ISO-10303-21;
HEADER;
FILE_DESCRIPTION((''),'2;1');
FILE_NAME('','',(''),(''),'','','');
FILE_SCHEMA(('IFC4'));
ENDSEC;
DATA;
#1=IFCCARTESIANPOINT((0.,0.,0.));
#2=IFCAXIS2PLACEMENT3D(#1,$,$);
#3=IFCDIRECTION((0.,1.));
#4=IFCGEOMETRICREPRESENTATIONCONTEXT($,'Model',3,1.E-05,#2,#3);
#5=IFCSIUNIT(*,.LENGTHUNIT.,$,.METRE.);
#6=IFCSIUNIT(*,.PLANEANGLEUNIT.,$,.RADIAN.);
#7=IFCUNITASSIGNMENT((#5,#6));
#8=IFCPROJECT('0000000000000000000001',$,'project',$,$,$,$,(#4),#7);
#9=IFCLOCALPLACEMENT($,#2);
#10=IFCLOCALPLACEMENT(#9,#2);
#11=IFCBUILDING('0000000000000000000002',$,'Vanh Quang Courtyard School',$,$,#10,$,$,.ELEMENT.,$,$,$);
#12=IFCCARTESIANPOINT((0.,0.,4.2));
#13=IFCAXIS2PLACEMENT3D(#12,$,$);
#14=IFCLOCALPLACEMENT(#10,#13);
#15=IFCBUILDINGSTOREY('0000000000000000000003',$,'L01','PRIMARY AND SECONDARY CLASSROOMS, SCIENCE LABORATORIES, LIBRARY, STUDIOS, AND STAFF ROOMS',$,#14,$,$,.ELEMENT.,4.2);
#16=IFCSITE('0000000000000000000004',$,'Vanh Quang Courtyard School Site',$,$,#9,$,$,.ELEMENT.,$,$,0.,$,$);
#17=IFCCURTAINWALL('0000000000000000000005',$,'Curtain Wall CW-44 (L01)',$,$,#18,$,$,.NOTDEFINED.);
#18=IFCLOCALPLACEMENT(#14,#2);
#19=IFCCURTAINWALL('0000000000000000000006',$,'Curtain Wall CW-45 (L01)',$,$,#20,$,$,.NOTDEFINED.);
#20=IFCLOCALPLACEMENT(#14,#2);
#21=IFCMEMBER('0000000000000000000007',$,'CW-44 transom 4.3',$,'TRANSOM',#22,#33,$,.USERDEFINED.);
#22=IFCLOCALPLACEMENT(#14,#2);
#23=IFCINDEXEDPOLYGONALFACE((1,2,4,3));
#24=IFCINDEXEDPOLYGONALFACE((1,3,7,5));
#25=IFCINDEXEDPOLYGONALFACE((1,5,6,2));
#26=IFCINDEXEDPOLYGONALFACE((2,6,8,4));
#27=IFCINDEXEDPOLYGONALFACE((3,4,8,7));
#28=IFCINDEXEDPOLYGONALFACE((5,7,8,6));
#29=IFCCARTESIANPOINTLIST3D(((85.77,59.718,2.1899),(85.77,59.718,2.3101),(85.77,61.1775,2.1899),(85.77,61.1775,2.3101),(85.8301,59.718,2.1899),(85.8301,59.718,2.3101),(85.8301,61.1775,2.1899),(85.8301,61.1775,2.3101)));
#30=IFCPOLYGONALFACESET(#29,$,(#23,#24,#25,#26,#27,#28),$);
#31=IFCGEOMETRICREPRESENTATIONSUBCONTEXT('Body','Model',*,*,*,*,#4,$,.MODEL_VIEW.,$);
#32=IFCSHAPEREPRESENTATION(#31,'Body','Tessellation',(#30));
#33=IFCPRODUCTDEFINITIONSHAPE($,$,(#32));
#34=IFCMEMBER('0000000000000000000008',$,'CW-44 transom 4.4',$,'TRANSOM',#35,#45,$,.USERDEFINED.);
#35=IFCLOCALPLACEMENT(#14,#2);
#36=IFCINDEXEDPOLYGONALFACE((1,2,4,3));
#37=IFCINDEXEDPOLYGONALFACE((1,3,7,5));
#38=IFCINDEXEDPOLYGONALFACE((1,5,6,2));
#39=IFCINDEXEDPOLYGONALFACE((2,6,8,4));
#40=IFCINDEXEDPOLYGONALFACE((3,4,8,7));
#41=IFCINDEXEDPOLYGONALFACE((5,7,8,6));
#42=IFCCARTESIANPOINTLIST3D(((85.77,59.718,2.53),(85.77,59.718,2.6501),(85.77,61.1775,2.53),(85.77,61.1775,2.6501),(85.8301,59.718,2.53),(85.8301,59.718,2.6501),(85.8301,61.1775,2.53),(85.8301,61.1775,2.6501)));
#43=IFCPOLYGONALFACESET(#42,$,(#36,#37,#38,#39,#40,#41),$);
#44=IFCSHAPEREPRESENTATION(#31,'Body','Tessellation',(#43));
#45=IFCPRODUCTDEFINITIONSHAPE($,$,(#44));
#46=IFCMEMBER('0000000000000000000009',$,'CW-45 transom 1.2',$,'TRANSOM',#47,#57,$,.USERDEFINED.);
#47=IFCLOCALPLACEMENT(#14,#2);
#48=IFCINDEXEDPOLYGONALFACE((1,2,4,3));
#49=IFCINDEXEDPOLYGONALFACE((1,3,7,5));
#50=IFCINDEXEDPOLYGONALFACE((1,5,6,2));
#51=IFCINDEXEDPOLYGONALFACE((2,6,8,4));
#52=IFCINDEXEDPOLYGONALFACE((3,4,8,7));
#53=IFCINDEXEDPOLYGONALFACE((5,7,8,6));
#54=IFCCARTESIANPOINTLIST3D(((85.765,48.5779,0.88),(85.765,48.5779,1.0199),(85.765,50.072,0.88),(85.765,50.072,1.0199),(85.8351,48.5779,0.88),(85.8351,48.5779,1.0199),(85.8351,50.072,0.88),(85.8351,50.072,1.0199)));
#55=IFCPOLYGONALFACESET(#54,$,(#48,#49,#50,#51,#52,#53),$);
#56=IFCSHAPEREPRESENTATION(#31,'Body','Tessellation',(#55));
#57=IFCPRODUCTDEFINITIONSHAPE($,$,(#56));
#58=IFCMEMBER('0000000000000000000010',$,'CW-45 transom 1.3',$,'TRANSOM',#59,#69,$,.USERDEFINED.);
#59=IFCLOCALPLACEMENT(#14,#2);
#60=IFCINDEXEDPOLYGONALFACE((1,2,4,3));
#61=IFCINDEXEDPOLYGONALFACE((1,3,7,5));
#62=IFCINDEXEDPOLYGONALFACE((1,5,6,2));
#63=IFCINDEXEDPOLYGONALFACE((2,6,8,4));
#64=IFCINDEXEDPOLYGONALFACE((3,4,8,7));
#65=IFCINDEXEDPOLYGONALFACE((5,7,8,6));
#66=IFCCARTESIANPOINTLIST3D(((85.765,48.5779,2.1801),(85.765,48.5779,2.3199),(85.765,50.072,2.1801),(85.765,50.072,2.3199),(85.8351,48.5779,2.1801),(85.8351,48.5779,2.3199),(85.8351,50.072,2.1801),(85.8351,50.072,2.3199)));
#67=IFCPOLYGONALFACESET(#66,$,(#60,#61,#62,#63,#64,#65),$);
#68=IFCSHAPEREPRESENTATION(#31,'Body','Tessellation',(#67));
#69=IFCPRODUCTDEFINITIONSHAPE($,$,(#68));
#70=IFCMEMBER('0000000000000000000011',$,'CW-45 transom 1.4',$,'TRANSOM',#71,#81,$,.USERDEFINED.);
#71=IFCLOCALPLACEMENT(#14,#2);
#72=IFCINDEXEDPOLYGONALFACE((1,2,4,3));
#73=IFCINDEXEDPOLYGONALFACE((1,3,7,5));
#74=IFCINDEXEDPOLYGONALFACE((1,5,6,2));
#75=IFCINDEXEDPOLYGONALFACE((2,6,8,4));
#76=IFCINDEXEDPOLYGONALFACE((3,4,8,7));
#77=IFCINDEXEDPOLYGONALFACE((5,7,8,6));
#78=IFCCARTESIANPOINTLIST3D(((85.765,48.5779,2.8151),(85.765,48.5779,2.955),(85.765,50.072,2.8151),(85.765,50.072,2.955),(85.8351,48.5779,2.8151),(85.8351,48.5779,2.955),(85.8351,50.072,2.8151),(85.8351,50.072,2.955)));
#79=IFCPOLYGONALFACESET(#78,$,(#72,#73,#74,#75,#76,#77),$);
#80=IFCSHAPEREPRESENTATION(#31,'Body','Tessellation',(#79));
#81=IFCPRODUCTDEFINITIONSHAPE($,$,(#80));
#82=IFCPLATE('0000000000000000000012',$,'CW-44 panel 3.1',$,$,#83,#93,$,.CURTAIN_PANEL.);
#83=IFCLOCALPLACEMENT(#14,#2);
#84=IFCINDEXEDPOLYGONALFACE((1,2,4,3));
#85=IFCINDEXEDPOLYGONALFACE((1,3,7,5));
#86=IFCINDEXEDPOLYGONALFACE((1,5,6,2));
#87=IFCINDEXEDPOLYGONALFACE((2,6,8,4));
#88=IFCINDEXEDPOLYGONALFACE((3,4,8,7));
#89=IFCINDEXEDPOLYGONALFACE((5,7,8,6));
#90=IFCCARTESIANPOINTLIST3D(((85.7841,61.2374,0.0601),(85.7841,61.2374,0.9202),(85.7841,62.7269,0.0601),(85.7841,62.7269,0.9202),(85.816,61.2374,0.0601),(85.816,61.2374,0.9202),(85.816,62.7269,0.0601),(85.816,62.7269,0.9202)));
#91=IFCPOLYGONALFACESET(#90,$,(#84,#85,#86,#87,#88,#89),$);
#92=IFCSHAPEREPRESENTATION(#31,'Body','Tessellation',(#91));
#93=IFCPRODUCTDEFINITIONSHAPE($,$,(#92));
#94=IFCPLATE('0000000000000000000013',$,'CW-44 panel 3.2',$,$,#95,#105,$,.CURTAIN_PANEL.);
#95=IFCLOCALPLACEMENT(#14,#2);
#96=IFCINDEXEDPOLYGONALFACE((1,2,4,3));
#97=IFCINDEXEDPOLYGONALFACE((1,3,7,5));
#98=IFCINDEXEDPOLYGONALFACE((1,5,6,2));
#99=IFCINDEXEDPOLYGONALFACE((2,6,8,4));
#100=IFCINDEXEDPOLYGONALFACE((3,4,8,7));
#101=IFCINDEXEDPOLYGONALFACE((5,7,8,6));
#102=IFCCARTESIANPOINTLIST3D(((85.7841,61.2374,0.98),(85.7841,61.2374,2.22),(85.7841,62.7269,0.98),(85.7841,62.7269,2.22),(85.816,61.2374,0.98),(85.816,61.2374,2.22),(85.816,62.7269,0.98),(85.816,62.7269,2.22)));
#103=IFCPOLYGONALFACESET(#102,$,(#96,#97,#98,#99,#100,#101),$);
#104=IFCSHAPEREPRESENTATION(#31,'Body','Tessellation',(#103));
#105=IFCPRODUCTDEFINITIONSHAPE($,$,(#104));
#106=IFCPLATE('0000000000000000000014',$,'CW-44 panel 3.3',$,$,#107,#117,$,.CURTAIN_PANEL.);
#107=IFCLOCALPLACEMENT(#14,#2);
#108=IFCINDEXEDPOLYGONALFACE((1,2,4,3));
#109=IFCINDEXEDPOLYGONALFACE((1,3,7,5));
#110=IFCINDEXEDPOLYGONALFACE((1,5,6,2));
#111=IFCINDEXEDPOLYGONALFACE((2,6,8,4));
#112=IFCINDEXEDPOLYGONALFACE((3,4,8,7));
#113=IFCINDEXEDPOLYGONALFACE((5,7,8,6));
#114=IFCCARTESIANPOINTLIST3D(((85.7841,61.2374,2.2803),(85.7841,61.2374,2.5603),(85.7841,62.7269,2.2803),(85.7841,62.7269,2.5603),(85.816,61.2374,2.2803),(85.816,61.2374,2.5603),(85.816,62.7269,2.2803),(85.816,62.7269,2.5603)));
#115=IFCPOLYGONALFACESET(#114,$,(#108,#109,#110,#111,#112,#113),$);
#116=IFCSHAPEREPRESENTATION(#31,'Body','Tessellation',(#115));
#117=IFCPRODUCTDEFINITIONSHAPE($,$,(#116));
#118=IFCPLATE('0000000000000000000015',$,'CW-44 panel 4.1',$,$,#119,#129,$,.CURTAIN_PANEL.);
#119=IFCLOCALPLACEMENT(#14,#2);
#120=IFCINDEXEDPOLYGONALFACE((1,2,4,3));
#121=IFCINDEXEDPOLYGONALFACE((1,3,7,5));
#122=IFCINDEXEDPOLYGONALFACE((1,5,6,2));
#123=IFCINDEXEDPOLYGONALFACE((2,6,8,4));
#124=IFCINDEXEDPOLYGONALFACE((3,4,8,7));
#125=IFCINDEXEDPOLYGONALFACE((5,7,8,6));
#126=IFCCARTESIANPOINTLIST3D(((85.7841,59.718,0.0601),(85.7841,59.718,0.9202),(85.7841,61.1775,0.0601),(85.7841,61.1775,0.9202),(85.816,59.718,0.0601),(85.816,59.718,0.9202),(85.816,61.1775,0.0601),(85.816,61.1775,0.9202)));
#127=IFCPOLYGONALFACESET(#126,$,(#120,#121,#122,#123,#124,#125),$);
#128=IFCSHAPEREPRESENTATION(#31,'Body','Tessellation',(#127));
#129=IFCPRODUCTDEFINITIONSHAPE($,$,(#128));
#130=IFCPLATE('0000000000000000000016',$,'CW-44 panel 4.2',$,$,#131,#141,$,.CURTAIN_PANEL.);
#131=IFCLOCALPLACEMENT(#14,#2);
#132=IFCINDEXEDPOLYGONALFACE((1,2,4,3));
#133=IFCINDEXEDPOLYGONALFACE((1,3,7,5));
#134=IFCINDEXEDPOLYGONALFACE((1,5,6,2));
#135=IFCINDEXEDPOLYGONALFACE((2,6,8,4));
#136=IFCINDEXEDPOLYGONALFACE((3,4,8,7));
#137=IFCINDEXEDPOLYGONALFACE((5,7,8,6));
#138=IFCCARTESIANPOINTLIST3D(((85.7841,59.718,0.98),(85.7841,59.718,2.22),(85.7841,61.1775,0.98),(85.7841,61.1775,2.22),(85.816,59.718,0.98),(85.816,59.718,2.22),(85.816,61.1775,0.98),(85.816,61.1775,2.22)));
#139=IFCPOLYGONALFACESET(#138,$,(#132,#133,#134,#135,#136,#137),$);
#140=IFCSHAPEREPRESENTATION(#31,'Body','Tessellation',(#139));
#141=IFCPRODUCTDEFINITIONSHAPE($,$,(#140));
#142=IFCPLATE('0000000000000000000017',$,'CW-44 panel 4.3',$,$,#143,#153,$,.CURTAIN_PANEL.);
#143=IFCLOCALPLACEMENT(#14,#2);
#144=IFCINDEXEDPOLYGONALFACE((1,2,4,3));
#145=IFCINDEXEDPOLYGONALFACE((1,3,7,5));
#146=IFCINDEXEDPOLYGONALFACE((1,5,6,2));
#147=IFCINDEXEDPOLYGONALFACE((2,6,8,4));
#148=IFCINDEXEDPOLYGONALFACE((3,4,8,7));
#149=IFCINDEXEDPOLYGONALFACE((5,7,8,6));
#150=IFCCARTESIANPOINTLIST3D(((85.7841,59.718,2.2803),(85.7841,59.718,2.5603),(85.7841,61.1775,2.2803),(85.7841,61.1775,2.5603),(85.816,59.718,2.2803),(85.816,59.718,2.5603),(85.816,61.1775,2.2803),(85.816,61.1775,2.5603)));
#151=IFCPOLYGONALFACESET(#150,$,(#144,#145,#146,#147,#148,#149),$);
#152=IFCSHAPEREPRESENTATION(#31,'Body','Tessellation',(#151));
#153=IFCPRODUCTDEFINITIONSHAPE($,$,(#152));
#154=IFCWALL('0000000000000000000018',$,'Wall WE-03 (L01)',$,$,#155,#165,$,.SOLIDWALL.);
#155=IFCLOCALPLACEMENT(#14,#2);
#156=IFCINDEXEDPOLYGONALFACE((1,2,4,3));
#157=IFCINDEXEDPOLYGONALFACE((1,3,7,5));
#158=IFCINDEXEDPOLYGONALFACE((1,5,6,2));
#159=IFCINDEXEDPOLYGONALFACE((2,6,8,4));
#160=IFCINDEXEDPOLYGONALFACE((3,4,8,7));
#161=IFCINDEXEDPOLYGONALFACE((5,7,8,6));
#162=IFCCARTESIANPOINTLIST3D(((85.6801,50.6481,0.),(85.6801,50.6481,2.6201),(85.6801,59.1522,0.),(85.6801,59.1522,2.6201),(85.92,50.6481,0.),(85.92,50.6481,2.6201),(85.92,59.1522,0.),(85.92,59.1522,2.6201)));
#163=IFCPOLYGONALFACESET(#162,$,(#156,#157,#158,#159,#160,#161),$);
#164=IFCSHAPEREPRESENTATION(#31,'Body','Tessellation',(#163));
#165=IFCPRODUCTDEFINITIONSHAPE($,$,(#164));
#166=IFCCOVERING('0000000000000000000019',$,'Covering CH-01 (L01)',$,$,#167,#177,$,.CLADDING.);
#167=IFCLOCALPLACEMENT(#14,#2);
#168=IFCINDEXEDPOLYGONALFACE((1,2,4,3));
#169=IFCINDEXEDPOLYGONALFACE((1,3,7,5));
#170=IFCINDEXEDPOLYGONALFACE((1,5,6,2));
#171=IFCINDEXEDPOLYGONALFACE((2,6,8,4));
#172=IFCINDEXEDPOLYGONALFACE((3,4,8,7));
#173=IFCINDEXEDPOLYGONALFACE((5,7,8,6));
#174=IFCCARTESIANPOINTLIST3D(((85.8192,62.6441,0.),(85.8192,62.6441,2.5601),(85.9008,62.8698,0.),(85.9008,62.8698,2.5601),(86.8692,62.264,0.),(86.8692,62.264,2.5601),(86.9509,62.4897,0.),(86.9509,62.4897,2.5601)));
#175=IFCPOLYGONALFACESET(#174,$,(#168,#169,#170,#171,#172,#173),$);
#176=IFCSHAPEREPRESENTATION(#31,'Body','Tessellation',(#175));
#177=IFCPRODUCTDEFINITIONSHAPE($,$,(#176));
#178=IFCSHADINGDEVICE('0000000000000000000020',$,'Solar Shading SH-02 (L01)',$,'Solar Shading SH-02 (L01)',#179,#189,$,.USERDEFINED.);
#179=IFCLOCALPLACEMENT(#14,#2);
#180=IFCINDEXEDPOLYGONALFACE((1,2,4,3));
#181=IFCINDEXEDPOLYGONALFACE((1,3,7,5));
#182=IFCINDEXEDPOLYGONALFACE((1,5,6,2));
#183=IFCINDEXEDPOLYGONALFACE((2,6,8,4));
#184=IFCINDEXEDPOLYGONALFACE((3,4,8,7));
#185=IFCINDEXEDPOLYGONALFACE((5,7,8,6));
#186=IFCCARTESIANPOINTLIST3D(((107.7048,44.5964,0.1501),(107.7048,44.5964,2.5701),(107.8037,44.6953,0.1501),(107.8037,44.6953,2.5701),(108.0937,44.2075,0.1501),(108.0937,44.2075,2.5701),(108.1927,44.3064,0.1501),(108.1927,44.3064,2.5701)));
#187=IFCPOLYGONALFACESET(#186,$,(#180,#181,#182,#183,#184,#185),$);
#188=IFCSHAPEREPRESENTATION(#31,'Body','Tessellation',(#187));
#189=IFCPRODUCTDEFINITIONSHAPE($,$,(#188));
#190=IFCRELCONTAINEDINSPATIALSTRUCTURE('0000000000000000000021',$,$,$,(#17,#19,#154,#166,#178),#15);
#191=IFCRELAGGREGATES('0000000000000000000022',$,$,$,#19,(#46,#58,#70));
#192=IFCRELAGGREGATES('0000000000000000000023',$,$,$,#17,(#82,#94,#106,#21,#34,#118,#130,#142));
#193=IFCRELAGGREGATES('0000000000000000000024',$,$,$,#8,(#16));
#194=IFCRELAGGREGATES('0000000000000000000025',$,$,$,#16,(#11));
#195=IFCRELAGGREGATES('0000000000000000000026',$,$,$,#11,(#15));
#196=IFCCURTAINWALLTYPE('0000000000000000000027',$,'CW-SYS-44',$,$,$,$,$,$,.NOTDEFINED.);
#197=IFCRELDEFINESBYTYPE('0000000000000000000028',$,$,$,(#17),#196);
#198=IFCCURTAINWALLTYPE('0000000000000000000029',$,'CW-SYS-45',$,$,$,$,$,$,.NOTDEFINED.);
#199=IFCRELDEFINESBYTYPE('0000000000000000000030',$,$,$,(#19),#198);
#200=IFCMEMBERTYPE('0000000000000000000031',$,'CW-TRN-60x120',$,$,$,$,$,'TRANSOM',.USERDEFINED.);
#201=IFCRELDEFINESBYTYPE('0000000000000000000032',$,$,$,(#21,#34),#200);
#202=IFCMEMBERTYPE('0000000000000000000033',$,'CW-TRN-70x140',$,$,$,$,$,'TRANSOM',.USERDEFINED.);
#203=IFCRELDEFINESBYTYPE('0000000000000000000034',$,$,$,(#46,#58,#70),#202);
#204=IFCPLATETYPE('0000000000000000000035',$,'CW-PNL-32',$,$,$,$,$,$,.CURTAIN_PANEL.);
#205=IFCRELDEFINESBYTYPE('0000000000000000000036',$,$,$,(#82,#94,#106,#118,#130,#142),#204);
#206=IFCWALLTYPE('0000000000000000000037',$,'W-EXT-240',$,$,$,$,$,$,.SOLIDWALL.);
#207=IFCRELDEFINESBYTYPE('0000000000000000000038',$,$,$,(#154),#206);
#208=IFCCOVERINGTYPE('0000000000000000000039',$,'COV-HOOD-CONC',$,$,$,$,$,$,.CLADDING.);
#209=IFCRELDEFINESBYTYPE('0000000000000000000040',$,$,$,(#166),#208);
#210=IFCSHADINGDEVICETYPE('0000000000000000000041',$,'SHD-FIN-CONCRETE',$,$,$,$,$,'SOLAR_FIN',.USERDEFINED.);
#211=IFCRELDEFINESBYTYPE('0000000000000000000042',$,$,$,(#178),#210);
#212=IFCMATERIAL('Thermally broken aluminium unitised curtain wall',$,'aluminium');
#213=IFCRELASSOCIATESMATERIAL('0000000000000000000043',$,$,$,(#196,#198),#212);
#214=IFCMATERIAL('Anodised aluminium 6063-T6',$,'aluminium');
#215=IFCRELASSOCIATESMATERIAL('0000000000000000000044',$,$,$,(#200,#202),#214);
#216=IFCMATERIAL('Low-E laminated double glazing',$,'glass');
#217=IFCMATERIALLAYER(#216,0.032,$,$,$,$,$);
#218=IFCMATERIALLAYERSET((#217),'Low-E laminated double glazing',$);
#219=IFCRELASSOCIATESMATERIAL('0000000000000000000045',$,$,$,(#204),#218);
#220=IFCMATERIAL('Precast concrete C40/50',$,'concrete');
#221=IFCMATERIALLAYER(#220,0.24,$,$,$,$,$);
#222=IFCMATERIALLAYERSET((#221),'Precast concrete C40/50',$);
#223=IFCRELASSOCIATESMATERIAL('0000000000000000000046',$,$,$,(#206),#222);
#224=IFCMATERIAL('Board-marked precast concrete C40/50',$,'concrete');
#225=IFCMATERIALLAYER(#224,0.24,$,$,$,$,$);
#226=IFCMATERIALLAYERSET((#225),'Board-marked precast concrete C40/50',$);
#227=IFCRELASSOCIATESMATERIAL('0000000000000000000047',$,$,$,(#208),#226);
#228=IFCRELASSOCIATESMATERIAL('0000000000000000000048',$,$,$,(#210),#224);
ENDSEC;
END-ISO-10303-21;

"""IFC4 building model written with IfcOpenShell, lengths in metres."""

from ifc_helpers import new_model, si_unit, direction, frame, frame_2d, origin, origin_2d, place, context, subcontext, project, spatial, rectangle, extrude, material, layer, layer_set, material_profile, profile_set, type_object, element, aggregate, save


model = new_model("IFC4")

# Units and contexts
model_context = context("Model", 3, precision=1e-05, world=origin(), true_north=direction((0.0, 1.0)))
body_context = subcontext(model_context, "Body", "Model", "MODEL_VIEW")
ifc_project = project(units=[si_unit("LENGTHUNIT", "METRE"), si_unit("PLANEANGLEUNIT", "RADIAN")], contexts=[model_context])

# Site, building, storey
site_placement = place(None, origin())
site = spatial("IfcSite", under=ifc_project, at=site_placement, Name="Vanh Quang Courtyard School Site", CompositionType="ELEMENT", RefElevation=0.0)
building_placement = place(site_placement, origin())
building = spatial("IfcBuilding", under=site, at=building_placement, Name="Vanh Quang Courtyard School", CompositionType="ELEMENT")
storey_placement = place(building_placement, frame((0.0, 0.0, 4.2)))
storey = spatial("IfcBuildingStorey", under=building, at=storey_placement, Name="L01", Description="PRIMARY AND SECONDARY CLASSROOMS, SCIENCE LABORATORIES, LIBRARY, STUDIOS, AND STAFF ROOMS", CompositionType="ELEMENT", Elevation=4.2)

# Curtain wall
ifc_material_1 = material(Name="Thermally broken aluminium unitised curtain wall", Category="aluminium")
curtain_wall_type_1 = type_object("IfcCurtainWallType", Name="CW-SYS-44", PredefinedType="NOTDEFINED", material=ifc_material_1)
curtain_wall_1_placement = place(storey_placement, origin())
curtain_wall_1 = element("IfcCurtainWall", 1, at=curtain_wall_1_placement, inside=storey, type_object=curtain_wall_type_1, Name="Curtain Wall CW-44 (L01)", PredefinedType="NOTDEFINED")
ifc_material_2 = material(Name="Anodised aluminium 6063-T6", Category="aluminium")

# Curtain wall
curtain_wall_type_2 = type_object("IfcCurtainWallType", Name="CW-SYS-45", PredefinedType="NOTDEFINED", material=ifc_material_1)
curtain_wall_2_placement = place(storey_placement, origin())
curtain_wall_2 = element("IfcCurtainWall", 2, at=curtain_wall_2_placement, inside=storey, type_object=curtain_wall_type_2, Name="Curtain Wall CW-45 (L01)", PredefinedType="NOTDEFINED")

# Members
ifc_material_profile_1 = material_profile(ifc_material_2, rectangle(XDim=0.0601, YDim=0.1201, at=origin_2d()), Name="ALU-TRN 60x120")
ifc_profile_set_1 = profile_set([ifc_material_profile_1], Name="Anodised aluminium 6063-T6")
member_type_1 = type_object("IfcMemberType", Name="CW-TRN-60x120", ElementType="TRANSOM", PredefinedType="USERDEFINED", material=ifc_profile_set_1)
member_1_placement = place(storey_placement, frame((85.8, 61.1775, 2.25), z_axis=(0.0, -1.0, 0.0), x_axis=(1.0, 0.0, 0.0)))
member_1 = element("IfcMember", 3, at=member_1_placement, type_object=member_type_1, Name="CW-44 transom 4.3", ObjectType="TRANSOM", PredefinedType="USERDEFINED", context=body_context, shape_type="SweptSolid", body=[
    extrude(rectangle(XDim=0.0601, YDim=0.1201, at=origin_2d()), origin(), (0.0, 0.0, 1.0), 1.4595),
])
member_2_placement = place(storey_placement, frame((85.8, 61.1775, 2.5901), z_axis=(0.0, -1.0, 0.0), x_axis=(1.0, 0.0, 0.0)))
member_2 = element("IfcMember", 4, at=member_2_placement, type_object=member_type_1, Name="CW-44 transom 4.4", ObjectType="TRANSOM", PredefinedType="USERDEFINED", context=body_context, shape_type="SweptSolid", body=[
    extrude(rectangle(XDim=0.0601, YDim=0.1201, at=origin_2d()), origin(), (0.0, 0.0, 1.0), 1.4595),
])
ifc_material_profile_2 = material_profile(ifc_material_2, rectangle(XDim=0.0701, YDim=0.1399, at=origin_2d()), Name="ALU-TRN 70x140")
ifc_profile_set_2 = profile_set([ifc_material_profile_2], Name="Anodised aluminium 6063-T6")
member_type_2 = type_object("IfcMemberType", Name="CW-TRN-70x140", ElementType="TRANSOM", PredefinedType="USERDEFINED", material=ifc_profile_set_2)
member_3_placement = place(storey_placement, frame((85.8, 50.072, 0.95), z_axis=(0.0, -1.0, 0.0), x_axis=(1.0, 0.0, 0.0)))
member_3 = element("IfcMember", 5, at=member_3_placement, type_object=member_type_2, Name="CW-45 transom 1.2", ObjectType="TRANSOM", PredefinedType="USERDEFINED", context=body_context, shape_type="SweptSolid", body=[
    extrude(rectangle(XDim=0.0701, YDim=0.1399, at=origin_2d()), origin(), (0.0, 0.0, 1.0), 1.4941),
])
member_4_placement = place(storey_placement, frame((85.8, 50.072, 2.25), z_axis=(0.0, -1.0, 0.0), x_axis=(1.0, 0.0, 0.0)))
member_4 = element("IfcMember", 6, at=member_4_placement, type_object=member_type_2, Name="CW-45 transom 1.3", ObjectType="TRANSOM", PredefinedType="USERDEFINED", context=body_context, shape_type="SweptSolid", body=[
    extrude(rectangle(XDim=0.0701, YDim=0.1399, at=origin_2d()), origin(), (0.0, 0.0, 1.0), 1.4941),
])
member_5_placement = place(storey_placement, frame((85.8, 50.072, 2.885), z_axis=(0.0, -1.0, 0.0), x_axis=(1.0, 0.0, 0.0)))
member_5 = element("IfcMember", 7, at=member_5_placement, type_object=member_type_2, Name="CW-45 transom 1.4", ObjectType="TRANSOM", PredefinedType="USERDEFINED", context=body_context, shape_type="SweptSolid", body=[
    extrude(rectangle(XDim=0.0701, YDim=0.1399, at=origin_2d()), origin(), (0.0, 0.0, 1.0), 1.4941),
])
aggregate(curtain_wall_2, [member_3, member_4, member_5])

# Plates
ifc_material_3 = material(Name="Low-E laminated double glazing", Category="glass")
ifc_layer_1 = layer(ifc_material_3, 0.032)
ifc_layer_set_1 = layer_set([ifc_layer_1], Name="Low-E laminated double glazing")
plate_type = type_object("IfcPlateType", Name="CW-PNL-32", PredefinedType="CURTAIN_PANEL", material=ifc_layer_set_1)
plate_1_placement = place(storey_placement, frame((85.8, 61.9822, 0.0601), z_axis=(0.0, 0.0, 1.0), x_axis=(0.0, -1.0, 0.0)))
plate_1 = element("IfcPlate", 8, at=plate_1_placement, type_object=plate_type, Name="CW-44 panel 3.1", PredefinedType="CURTAIN_PANEL", context=body_context, shape_type="SweptSolid", body=[
    extrude(rectangle(XDim=1.4895, YDim=0.032, at=origin_2d()), origin(), (0.0, 0.0, 1.0), 0.8601),
])
plate_2_placement = place(storey_placement, frame((85.8, 61.9822, 0.98), z_axis=(0.0, 0.0, 1.0), x_axis=(0.0, -1.0, 0.0)))
plate_2 = element("IfcPlate", 9, at=plate_2_placement, type_object=plate_type, Name="CW-44 panel 3.2", PredefinedType="CURTAIN_PANEL", context=body_context, shape_type="SweptSolid", body=[
    extrude(rectangle(XDim=1.4895, YDim=0.032, at=origin_2d()), origin(), (0.0, 0.0, 1.0), 1.24),
])
plate_3_placement = place(storey_placement, frame((85.8, 61.9822, 2.2803), z_axis=(0.0, 0.0, 1.0), x_axis=(0.0, -1.0, 0.0)))
plate_3 = element("IfcPlate", 10, at=plate_3_placement, type_object=plate_type, Name="CW-44 panel 3.3", PredefinedType="CURTAIN_PANEL", context=body_context, shape_type="SweptSolid", body=[
    extrude(rectangle(XDim=1.4895, YDim=0.032, at=origin_2d()), origin(), (0.0, 0.0, 1.0), 0.28),
])
plate_4_placement = place(storey_placement, frame((85.8, 60.4478, 0.0601), z_axis=(0.0, 0.0, 1.0), x_axis=(0.0, -1.0, 0.0)))
plate_4 = element("IfcPlate", 11, at=plate_4_placement, type_object=plate_type, Name="CW-44 panel 4.1", PredefinedType="CURTAIN_PANEL", context=body_context, shape_type="SweptSolid", body=[
    extrude(rectangle(XDim=1.4595, YDim=0.032, at=origin_2d()), origin(), (0.0, 0.0, 1.0), 0.8601),
])
plate_5_placement = place(storey_placement, frame((85.8, 60.4478, 0.98), z_axis=(0.0, 0.0, 1.0), x_axis=(0.0, -1.0, 0.0)))
plate_5 = element("IfcPlate", 12, at=plate_5_placement, type_object=plate_type, Name="CW-44 panel 4.2", PredefinedType="CURTAIN_PANEL", context=body_context, shape_type="SweptSolid", body=[
    extrude(rectangle(XDim=1.4595, YDim=0.032, at=origin_2d()), origin(), (0.0, 0.0, 1.0), 1.24),
])
plate_6_placement = place(storey_placement, frame((85.8, 60.4478, 2.2803), z_axis=(0.0, 0.0, 1.0), x_axis=(0.0, -1.0, 0.0)))
plate_6 = element("IfcPlate", 13, at=plate_6_placement, type_object=plate_type, Name="CW-44 panel 4.3", PredefinedType="CURTAIN_PANEL", context=body_context, shape_type="SweptSolid", body=[
    extrude(rectangle(XDim=1.4595, YDim=0.032, at=origin_2d()), origin(), (0.0, 0.0, 1.0), 0.28),
])
aggregate(curtain_wall_1, [plate_1, plate_2, plate_3, member_1, member_2, plate_4, plate_5, plate_6])

# Wall
ifc_material_4 = material(Name="Precast concrete C40/50", Category="concrete")
ifc_layer_2 = layer(ifc_material_4, 0.24)
ifc_layer_set_2 = layer_set([ifc_layer_2], Name="Precast concrete C40/50")
wall_type = type_object("IfcWallType", Name="W-EXT-240", PredefinedType="SOLIDWALL", material=ifc_layer_set_2)
wall_placement = place(storey_placement, frame((85.8, 59.1521, 0.0), z_axis=(0.0, 0.0, 1.0), x_axis=(0.0, -1.0, 0.0)))
element("IfcWall", 14, at=wall_placement, inside=storey, type_object=wall_type, Name="Wall WE-03 (L01)", PredefinedType="SOLIDWALL", context=body_context, shape_type="SweptSolid", body=[
    extrude(rectangle(XDim=8.5042, YDim=0.24, at=frame_2d((4.252, 0.0))), origin(), (0.0, 0.0, 1.0), 2.6201),
])

# Covering
ifc_material_5 = material(Name="Board-marked precast concrete C40/50", Category="concrete")
ifc_layer_3 = layer(ifc_material_5, 0.24)
ifc_layer_set_3 = layer_set([ifc_layer_3], Name="Board-marked precast concrete C40/50")
covering_type = type_object("IfcCoveringType", Name="COV-HOOD-CONC", PredefinedType="CLADDING", material=ifc_layer_set_3)
covering_placement = place(storey_placement, frame((86.385, 62.5669, 0.0), z_axis=(0.0, 0.0, 1.0), x_axis=(0.940288, -0.34038, 0.0)))
element("IfcCovering", 15, at=covering_placement, inside=storey, type_object=covering_type, Name="Covering CH-01 (L01)", PredefinedType="CLADDING", context=body_context, shape_type="SweptSolid", body=[
    extrude(rectangle(XDim=1.1167, YDim=0.24, at=origin_2d()), origin(), (0.0, 0.0, 1.0), 2.5601),
])

# Shading device
shading_device_type = type_object("IfcShadingDeviceType", Name="SHD-FIN-CONCRETE", ElementType="SOLAR_FIN", PredefinedType="USERDEFINED", material=ifc_material_5)
shading_device_1_placement = place(storey_placement, frame((107.9487, 44.4514, 0.1501), z_axis=(0.0, 0.0, 1.0), x_axis=(0.707107, 0.707107, 0.0)))
element("IfcShadingDevice", 16, at=shading_device_1_placement, inside=storey, type_object=shading_device_type, Name="Solar Shading SH-02 (L01)", ObjectType="Solar Shading SH-02 (L01)", PredefinedType="USERDEFINED", context=body_context, shape_type="SweptSolid", body=[
    extrude(rectangle(XDim=0.1399, YDim=0.55, at=origin_2d()), origin(), (0.0, 0.0, 1.0), 2.4199),
])

save(model, "model.ifc")
